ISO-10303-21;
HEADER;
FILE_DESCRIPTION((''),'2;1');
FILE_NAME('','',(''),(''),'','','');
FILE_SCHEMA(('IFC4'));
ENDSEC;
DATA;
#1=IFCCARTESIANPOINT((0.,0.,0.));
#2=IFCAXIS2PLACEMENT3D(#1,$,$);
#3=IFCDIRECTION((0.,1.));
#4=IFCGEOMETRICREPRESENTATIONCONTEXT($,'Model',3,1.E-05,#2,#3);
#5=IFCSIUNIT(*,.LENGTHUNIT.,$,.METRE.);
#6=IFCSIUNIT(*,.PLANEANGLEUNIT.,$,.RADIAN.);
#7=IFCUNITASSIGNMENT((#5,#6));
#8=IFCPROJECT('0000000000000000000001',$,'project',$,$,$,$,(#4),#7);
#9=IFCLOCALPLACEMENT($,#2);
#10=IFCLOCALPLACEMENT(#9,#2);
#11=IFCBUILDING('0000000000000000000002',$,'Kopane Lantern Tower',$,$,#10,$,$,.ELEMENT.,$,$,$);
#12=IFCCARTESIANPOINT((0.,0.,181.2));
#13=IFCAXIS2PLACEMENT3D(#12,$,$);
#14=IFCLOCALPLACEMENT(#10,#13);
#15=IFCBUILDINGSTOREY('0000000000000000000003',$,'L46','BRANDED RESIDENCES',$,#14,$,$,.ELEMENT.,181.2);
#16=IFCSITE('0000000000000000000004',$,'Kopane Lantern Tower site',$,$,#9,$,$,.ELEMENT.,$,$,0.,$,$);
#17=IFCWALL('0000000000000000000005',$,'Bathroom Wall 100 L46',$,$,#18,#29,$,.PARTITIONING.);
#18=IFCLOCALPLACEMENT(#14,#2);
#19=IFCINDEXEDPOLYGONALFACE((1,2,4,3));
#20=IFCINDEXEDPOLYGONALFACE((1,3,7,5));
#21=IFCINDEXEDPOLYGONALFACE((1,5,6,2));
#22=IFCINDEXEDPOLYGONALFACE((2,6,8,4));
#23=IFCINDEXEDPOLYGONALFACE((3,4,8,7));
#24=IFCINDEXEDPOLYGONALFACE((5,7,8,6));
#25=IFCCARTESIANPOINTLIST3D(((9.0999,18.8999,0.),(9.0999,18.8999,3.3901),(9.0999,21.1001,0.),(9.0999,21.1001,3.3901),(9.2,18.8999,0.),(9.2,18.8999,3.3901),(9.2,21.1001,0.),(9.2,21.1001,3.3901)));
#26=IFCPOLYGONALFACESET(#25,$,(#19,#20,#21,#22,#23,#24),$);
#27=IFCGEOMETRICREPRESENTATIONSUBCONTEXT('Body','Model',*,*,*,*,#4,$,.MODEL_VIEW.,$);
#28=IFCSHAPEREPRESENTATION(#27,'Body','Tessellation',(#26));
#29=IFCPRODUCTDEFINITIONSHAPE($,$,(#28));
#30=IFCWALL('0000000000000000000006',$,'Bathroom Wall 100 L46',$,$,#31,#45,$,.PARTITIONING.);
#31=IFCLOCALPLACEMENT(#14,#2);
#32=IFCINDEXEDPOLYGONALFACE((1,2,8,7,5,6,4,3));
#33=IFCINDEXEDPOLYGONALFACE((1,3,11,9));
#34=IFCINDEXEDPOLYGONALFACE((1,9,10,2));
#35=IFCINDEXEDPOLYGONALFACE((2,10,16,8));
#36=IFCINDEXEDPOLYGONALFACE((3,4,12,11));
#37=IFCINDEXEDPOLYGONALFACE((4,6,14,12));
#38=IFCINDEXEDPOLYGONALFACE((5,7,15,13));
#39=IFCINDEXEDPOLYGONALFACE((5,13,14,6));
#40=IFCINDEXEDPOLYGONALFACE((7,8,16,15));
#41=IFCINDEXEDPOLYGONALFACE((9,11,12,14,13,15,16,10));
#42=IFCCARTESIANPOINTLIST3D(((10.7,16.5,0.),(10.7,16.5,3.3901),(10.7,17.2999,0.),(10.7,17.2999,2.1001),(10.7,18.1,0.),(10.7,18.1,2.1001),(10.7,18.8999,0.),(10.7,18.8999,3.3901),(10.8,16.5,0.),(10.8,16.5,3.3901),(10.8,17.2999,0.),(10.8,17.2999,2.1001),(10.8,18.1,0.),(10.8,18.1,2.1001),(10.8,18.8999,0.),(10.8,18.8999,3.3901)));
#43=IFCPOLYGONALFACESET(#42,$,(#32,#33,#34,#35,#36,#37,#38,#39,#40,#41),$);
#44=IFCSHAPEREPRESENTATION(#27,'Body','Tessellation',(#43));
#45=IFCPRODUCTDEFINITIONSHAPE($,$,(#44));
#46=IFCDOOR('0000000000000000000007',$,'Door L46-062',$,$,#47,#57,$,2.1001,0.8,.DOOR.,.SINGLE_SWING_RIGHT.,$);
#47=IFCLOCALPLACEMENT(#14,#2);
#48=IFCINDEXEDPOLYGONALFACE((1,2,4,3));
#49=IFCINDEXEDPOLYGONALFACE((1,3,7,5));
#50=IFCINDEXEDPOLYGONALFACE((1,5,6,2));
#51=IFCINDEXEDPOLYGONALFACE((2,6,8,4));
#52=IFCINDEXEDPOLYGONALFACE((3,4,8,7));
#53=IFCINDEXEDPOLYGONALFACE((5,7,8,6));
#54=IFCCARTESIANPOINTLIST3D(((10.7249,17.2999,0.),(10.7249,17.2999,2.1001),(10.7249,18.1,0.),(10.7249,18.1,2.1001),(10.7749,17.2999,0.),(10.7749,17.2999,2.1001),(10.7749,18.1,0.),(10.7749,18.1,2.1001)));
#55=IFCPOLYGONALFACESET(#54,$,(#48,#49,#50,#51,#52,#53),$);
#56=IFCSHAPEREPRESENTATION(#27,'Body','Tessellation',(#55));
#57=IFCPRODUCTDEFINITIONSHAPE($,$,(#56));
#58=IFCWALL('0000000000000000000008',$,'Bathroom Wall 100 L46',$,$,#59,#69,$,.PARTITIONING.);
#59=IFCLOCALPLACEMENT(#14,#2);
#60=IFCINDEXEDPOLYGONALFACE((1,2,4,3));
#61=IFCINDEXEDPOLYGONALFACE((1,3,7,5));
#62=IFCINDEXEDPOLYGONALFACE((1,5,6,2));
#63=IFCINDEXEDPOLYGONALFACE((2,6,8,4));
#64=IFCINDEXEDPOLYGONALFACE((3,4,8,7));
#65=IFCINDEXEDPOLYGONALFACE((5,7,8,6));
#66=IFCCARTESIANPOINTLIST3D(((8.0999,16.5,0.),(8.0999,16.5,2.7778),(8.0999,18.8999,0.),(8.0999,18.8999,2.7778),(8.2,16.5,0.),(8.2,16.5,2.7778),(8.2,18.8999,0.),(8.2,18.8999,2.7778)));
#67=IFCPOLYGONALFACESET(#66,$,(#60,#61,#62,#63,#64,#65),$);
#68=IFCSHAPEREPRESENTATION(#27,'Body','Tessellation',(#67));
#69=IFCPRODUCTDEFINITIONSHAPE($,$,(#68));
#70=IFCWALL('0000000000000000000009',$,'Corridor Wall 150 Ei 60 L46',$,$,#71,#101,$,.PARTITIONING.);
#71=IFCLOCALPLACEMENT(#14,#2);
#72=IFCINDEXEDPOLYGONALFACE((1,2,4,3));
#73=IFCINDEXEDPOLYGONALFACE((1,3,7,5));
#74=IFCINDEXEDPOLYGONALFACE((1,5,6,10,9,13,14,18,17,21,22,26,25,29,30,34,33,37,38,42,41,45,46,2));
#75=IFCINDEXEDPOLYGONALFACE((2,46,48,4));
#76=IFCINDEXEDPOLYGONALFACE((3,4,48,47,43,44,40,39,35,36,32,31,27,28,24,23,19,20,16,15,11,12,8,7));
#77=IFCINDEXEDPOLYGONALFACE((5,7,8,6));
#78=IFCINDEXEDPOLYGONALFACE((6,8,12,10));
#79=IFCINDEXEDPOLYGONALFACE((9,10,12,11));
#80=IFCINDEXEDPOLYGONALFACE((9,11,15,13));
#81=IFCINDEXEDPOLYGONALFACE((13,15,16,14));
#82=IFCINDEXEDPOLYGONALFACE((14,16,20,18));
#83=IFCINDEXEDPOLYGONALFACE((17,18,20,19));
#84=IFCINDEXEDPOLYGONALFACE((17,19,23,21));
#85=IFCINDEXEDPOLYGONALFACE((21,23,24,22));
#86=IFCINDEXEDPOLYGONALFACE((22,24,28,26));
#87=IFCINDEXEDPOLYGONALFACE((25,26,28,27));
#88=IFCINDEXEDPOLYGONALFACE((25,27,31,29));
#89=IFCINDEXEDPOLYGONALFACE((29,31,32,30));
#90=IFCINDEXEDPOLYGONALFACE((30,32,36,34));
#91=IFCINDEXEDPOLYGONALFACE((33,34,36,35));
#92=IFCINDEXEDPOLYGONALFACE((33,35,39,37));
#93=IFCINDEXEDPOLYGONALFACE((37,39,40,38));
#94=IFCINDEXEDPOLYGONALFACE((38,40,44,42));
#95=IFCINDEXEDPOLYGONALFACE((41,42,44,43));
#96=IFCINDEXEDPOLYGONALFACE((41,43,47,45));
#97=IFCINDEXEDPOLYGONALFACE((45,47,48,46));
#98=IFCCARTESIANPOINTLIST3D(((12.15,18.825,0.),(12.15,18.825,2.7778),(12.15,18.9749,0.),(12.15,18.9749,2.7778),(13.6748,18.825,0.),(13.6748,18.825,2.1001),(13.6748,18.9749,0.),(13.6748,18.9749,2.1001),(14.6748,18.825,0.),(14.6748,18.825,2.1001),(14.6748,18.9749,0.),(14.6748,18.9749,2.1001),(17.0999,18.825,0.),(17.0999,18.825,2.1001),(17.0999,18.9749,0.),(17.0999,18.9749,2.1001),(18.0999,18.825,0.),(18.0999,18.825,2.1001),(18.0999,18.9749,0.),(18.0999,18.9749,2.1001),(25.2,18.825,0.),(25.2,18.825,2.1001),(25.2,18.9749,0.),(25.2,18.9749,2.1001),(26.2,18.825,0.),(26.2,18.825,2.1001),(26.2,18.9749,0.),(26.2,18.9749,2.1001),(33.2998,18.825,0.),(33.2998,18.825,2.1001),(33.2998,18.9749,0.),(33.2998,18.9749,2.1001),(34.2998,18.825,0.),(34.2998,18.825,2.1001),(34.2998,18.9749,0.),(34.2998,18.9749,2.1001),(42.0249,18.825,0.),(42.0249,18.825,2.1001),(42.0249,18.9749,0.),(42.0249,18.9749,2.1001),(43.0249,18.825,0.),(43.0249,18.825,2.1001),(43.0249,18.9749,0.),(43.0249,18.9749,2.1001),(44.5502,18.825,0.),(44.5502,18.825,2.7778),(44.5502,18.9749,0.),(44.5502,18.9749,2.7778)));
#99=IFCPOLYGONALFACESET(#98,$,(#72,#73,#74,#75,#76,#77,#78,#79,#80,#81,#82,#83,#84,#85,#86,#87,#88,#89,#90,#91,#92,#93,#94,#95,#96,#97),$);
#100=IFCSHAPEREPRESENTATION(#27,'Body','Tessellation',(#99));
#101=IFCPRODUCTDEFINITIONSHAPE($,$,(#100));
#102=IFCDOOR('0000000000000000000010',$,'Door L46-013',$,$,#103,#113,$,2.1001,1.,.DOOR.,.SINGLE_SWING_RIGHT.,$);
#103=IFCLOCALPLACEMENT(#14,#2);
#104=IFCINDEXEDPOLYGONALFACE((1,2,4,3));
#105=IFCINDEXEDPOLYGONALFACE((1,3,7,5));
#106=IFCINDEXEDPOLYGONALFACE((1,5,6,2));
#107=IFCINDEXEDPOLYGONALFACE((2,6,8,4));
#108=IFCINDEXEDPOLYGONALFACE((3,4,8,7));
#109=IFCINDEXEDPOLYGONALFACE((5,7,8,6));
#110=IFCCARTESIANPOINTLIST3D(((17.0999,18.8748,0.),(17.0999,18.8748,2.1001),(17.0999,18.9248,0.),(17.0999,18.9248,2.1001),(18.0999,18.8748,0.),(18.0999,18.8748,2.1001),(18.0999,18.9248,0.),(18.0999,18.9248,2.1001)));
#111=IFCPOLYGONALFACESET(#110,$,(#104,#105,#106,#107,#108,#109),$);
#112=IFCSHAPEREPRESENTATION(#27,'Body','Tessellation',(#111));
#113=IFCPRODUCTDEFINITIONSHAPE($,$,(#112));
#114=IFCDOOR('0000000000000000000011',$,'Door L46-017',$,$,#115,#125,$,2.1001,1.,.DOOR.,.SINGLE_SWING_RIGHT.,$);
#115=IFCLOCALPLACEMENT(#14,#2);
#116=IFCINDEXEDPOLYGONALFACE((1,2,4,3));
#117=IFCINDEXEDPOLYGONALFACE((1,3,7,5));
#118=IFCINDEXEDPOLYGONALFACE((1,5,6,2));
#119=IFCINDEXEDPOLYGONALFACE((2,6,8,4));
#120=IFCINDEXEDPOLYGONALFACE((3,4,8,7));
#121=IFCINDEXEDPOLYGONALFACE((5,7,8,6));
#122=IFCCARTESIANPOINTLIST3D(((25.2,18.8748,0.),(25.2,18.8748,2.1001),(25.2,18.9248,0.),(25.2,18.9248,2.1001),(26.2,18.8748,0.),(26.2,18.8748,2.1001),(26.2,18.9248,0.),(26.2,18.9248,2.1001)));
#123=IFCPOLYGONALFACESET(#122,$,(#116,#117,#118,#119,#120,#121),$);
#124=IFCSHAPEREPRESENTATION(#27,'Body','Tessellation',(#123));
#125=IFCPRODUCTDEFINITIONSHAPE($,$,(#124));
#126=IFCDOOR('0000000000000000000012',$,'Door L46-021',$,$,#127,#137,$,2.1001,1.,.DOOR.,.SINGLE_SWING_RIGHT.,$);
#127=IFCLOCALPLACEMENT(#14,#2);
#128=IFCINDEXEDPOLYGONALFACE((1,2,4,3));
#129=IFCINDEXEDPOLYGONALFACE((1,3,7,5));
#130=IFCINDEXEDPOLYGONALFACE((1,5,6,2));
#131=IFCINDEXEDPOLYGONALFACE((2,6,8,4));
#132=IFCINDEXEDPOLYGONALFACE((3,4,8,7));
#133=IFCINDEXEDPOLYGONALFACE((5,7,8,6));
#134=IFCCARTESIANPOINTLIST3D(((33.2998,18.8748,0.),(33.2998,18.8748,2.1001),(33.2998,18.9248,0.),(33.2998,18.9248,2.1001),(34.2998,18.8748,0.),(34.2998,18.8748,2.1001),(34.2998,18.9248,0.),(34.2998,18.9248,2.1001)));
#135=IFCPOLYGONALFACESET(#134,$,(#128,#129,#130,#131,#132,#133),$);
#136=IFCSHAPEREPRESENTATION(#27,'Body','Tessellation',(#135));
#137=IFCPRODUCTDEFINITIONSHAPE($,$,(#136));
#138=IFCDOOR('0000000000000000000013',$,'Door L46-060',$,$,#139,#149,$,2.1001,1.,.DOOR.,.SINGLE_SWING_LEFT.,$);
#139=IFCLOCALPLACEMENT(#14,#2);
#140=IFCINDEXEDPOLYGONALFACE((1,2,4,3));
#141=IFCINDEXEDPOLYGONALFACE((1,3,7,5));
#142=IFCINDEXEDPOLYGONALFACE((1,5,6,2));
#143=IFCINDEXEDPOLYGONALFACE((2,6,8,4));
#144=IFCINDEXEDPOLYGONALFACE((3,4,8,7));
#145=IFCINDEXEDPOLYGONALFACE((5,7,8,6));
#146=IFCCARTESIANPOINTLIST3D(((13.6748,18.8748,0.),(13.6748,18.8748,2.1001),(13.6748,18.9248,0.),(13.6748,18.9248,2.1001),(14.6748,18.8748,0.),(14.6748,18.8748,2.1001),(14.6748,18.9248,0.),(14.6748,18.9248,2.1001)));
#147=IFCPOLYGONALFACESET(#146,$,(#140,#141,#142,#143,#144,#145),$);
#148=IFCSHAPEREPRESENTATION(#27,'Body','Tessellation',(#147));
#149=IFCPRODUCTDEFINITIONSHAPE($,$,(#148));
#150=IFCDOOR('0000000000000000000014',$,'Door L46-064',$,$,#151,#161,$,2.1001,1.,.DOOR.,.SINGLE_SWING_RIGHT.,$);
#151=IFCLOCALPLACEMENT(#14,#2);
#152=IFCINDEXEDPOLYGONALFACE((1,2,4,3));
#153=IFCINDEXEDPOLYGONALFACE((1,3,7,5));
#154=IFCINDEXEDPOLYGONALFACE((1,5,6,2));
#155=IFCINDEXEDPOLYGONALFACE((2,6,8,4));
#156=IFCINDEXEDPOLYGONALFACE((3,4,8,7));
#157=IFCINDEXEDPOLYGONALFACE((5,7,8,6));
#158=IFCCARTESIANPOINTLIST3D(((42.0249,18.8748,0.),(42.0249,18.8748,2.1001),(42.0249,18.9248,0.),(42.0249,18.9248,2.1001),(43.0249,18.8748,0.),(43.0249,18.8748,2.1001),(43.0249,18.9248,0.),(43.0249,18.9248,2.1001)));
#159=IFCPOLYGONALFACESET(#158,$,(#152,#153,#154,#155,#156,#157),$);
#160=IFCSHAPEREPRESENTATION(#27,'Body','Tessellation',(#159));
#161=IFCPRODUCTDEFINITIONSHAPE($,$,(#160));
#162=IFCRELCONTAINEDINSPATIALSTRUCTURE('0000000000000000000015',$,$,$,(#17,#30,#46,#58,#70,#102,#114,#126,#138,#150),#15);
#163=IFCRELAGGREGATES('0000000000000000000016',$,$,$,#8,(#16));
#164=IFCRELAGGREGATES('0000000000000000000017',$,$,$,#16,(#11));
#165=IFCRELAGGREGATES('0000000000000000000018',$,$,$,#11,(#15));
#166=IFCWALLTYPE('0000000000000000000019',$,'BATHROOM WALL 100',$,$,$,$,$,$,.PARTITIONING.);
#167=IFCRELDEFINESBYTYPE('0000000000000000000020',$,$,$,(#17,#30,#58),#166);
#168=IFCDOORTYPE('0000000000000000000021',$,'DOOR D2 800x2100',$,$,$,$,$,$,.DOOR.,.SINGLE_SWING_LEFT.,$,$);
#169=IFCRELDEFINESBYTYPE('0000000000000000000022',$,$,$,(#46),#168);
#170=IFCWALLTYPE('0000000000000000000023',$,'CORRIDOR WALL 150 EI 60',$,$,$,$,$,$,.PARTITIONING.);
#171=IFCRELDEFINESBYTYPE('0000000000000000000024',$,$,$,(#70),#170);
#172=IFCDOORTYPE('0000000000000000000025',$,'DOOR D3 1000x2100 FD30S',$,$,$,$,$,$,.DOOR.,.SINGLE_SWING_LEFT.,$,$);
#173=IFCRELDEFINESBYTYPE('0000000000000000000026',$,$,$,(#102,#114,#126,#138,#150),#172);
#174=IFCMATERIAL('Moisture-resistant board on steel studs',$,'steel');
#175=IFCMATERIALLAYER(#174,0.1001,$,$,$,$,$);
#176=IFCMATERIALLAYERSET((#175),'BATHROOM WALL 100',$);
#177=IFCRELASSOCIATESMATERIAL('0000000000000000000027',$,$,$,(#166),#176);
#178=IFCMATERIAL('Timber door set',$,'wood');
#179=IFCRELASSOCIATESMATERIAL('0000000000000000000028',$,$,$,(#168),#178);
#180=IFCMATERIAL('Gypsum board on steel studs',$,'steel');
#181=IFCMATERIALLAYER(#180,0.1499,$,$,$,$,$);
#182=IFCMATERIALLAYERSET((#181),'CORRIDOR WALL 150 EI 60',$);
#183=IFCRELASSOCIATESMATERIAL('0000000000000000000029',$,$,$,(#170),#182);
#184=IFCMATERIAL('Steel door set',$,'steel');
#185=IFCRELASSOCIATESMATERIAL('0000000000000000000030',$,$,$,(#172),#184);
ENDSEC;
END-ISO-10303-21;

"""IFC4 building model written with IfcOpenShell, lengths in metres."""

from ifc_helpers import new_model, si_unit, direction, frame, frame_2d, origin, place, context, subcontext, project, spatial, rectangle, extrude, material, layer, layer_set, type_object, element, fill, save


model = new_model("IFC4")

# Units and contexts
model_context = context("Model", 3, precision=1e-05, world=origin(), true_north=direction((0.0, 1.0)))
body_context = subcontext(model_context, "Body", "Model", "MODEL_VIEW")
ifc_project = project(units=[si_unit("LENGTHUNIT", "METRE"), si_unit("PLANEANGLEUNIT", "RADIAN")], contexts=[model_context])

# Site, building, storey
site_placement = place(None, origin())
site = spatial("IfcSite", under=ifc_project, at=site_placement, Name="Kopane Lantern Tower site", CompositionType="ELEMENT", RefElevation=0.0)
building_placement = place(site_placement, origin())
building = spatial("IfcBuilding", under=site, at=building_placement, Name="Kopane Lantern Tower", CompositionType="ELEMENT")
storey_placement = place(building_placement, frame((0.0, 0.0, 181.2)))
storey = spatial("IfcBuildingStorey", under=building, at=storey_placement, Name="L46", Description="BRANDED RESIDENCES", CompositionType="ELEMENT", Elevation=181.2)

# Wall
ifc_material_1 = material(Name="Moisture-resistant board on steel studs", Category="steel")
ifc_layer_1 = layer(ifc_material_1, 0.1001)
ifc_layer_set_1 = layer_set([ifc_layer_1], Name="BATHROOM WALL 100")
wall_type_1 = type_object("IfcWallType", Name="BATHROOM WALL 100", PredefinedType="PARTITIONING", material=ifc_layer_set_1)
wall_1_placement = place(storey_placement, frame((9.1499, 18.8999, 0.0), z_axis=(0.0, 0.0, 1.0), x_axis=(0.0, 1.0, 0.0)))
element("IfcWall", 1, at=wall_1_placement, inside=storey, type_object=wall_type_1, Name="Bathroom Wall 100 L46", PredefinedType="PARTITIONING", context=body_context, shape_type="SweptSolid", body=[
    extrude(rectangle(XDim=2.2002, YDim=0.1001, at=frame_2d((1.1001, 0.0))), origin(), (0.0, 0.0, 1.0), 3.3901),
])

# Wall, opening, door
wall_2_placement = place(storey_placement, frame((10.75, 18.8999, 0.0), z_axis=(0.0, 0.0, 1.0), x_axis=(0.0, -1.0, 0.0)))
wall_2 = element("IfcWall", 2, at=wall_2_placement, inside=storey, type_object=wall_type_1, Name="Bathroom Wall 100 L46", PredefinedType="PARTITIONING", context=body_context, shape_type="SweptSolid", body=[
    extrude(rectangle(XDim=2.3999, YDim=0.1001, at=frame_2d((1.2, 0.0))), origin(), (0.0, 0.0, 1.0), 3.3901),
])
opening_1_placement = place(wall_2_placement, frame((0.8, 0.0, 0.0)))
opening_1 = element("IfcOpeningElement", 3, at=opening_1_placement, cuts=wall_2, PredefinedType="OPENING", context=body_context, shape_type="SweptSolid", body=[
    extrude(rectangle(XDim=0.8, YDim=2.1001, at=frame_2d((0.3999, 1.05))), frame((0.0, 0.0601, 0.0), z_axis=(0.0, -1.0, 0.0), x_axis=(1.0, 0.0, 0.0)), (0.0, 0.0, 1.0), 0.1201),
])
ifc_material_2 = material(Name="Timber door set", Category="wood")
door_type_1 = type_object("IfcDoorType", Name="DOOR D2 800x2100", OperationType="SINGLE_SWING_LEFT", PredefinedType="DOOR", material=ifc_material_2)
door_1_placement = place(opening_1_placement, origin())
door_1 = element("IfcDoor", 4, at=door_1_placement, inside=storey, type_object=door_type_1, Name="Door L46-062", OperationType="SINGLE_SWING_RIGHT", OverallHeight=2.1001, OverallWidth=0.8, PredefinedType="DOOR", context=body_context, shape_type="SweptSolid", body=[
    extrude(rectangle(XDim=0.8, YDim=2.1001, at=frame_2d((0.3999, 1.05))), frame((0.0, 0.0249, 0.0), z_axis=(0.0, -1.0, 0.0), x_axis=(1.0, 0.0, 0.0)), (0.0, 0.0, 1.0), 0.05),
])
fill(opening_1, door_1)

# Wall
wall_3_placement = place(storey_placement, frame((8.1499, 18.8999, 0.0), z_axis=(0.0, 0.0, 1.0), x_axis=(0.0, -1.0, 0.0)))
element("IfcWall", 5, at=wall_3_placement, inside=storey, type_object=wall_type_1, Name="Bathroom Wall 100 L46", PredefinedType="PARTITIONING", context=body_context, shape_type="SweptSolid", body=[
    extrude(rectangle(XDim=2.3999, YDim=0.1001, at=frame_2d((1.2, 0.0))), origin(), (0.0, 0.0, 1.0), 2.7778),
])

# Wall, openings, doors
ifc_material_3 = material(Name="Gypsum board on steel studs", Category="steel")
ifc_layer_2 = layer(ifc_material_3, 0.1499)
ifc_layer_set_2 = layer_set([ifc_layer_2], Name="CORRIDOR WALL 150 EI 60")
wall_type_2 = type_object("IfcWallType", Name="CORRIDOR WALL 150 EI 60", PredefinedType="PARTITIONING", material=ifc_layer_set_2)
wall_4_placement = place(storey_placement, frame((12.1499, 18.8999, 0.0), z_axis=(0.0, 0.0, 1.0), x_axis=(1.0, 0.0, 0.0)))
wall_4 = element("IfcWall", 6, at=wall_4_placement, inside=storey, type_object=wall_type_2, Name="Corridor Wall 150 Ei 60 L46", PredefinedType="PARTITIONING", context=body_context, shape_type="SweptSolid", body=[
    extrude(rectangle(XDim=32.4001, YDim=0.1499, at=frame_2d((16.2002, 0.0))), origin(), (0.0, 0.0, 1.0), 2.7778),
])
opening_2_placement = place(wall_4_placement, frame((4.95, 0.0, 0.0)))
opening_2 = element("IfcOpeningElement", 7, at=opening_2_placement, cuts=wall_4, PredefinedType="OPENING", context=body_context, shape_type="SweptSolid", body=[
    extrude(rectangle(XDim=1.0, YDim=2.1001, at=frame_2d((0.5, 1.05))), frame((0.0, 0.085, 0.0), z_axis=(0.0, -1.0, 0.0), x_axis=(1.0, 0.0, 0.0)), (0.0, 0.0, 1.0), 0.1699),
])
opening_3_placement = place(wall_4_placement, frame((13.05, 0.0, 0.0)))
opening_3 = element("IfcOpeningElement", 8, at=opening_3_placement, cuts=wall_4, PredefinedType="OPENING", context=body_context, shape_type="SweptSolid", body=[
    extrude(rectangle(XDim=1.0, YDim=2.1001, at=frame_2d((0.5, 1.05))), frame((0.0, 0.085, 0.0), z_axis=(0.0, -1.0, 0.0), x_axis=(1.0, 0.0, 0.0)), (0.0, 0.0, 1.0), 0.1699),
])
opening_4_placement = place(wall_4_placement, frame((21.1499, 0.0, 0.0)))
opening_4 = element("IfcOpeningElement", 9, at=opening_4_placement, cuts=wall_4, PredefinedType="OPENING", context=body_context, shape_type="SweptSolid", body=[
    extrude(rectangle(XDim=1.0, YDim=2.1001, at=frame_2d((0.5, 1.05))), frame((0.0, 0.085, 0.0), z_axis=(0.0, -1.0, 0.0), x_axis=(1.0, 0.0, 0.0)), (0.0, 0.0, 1.0), 0.1699),
])
opening_5_placement = place(wall_4_placement, frame((1.5249, 0.0, 0.0)))
opening_5 = element("IfcOpeningElement", 10, at=opening_5_placement, cuts=wall_4, PredefinedType="OPENING", context=body_context, shape_type="SweptSolid", body=[
    extrude(rectangle(XDim=1.0, YDim=2.1001, at=frame_2d((0.5, 1.05))), frame((0.0, 0.085, 0.0), z_axis=(0.0, -1.0, 0.0), x_axis=(1.0, 0.0, 0.0)), (0.0, 0.0, 1.0), 0.1699),
])
opening_6_placement = place(wall_4_placement, frame((29.875, 0.0, 0.0)))
opening_6 = element("IfcOpeningElement", 11, at=opening_6_placement, cuts=wall_4, PredefinedType="OPENING", context=body_context, shape_type="SweptSolid", body=[
    extrude(rectangle(XDim=1.0, YDim=2.1001, at=frame_2d((0.5, 1.05))), frame((0.0, 0.085, 0.0), z_axis=(0.0, -1.0, 0.0), x_axis=(1.0, 0.0, 0.0)), (0.0, 0.0, 1.0), 0.1699),
])
ifc_material_4 = material(Name="Steel door set", Category="steel")
door_type_2 = type_object("IfcDoorType", Name="DOOR D3 1000x2100 FD30S", OperationType="SINGLE_SWING_LEFT", PredefinedType="DOOR", material=ifc_material_4)
door_2_placement = place(opening_2_placement, origin())
door_2 = element("IfcDoor", 12, at=door_2_placement, inside=storey, type_object=door_type_2, Name="Door L46-013", OperationType="SINGLE_SWING_RIGHT", OverallHeight=2.1001, OverallWidth=1.0, PredefinedType="DOOR", context=body_context, shape_type="SweptSolid", body=[
    extrude(rectangle(XDim=1.0, YDim=2.1001, at=frame_2d((0.5, 1.05))), frame((0.0, 0.0249, 0.0), z_axis=(0.0, -1.0, 0.0), x_axis=(1.0, 0.0, 0.0)), (0.0, 0.0, 1.0), 0.05),
])
fill(opening_2, door_2)
door_3_placement = place(opening_3_placement, origin())
door_3 = element("IfcDoor", 13, at=door_3_placement, inside=storey, type_object=door_type_2, Name="Door L46-017", OperationType="SINGLE_SWING_RIGHT", OverallHeight=2.1001, OverallWidth=1.0, PredefinedType="DOOR", context=body_context, shape_type="SweptSolid", body=[
    extrude(rectangle(XDim=1.0, YDim=2.1001, at=frame_2d((0.5, 1.05))), frame((0.0, 0.0249, 0.0), z_axis=(0.0, -1.0, 0.0), x_axis=(1.0, 0.0, 0.0)), (0.0, 0.0, 1.0), 0.05),
])
fill(opening_3, door_3)
door_4_placement = place(opening_4_placement, origin())
door_4 = element("IfcDoor", 14, at=door_4_placement, inside=storey, type_object=door_type_2, Name="Door L46-021", OperationType="SINGLE_SWING_RIGHT", OverallHeight=2.1001, OverallWidth=1.0, PredefinedType="DOOR", context=body_context, shape_type="SweptSolid", body=[
    extrude(rectangle(XDim=1.0, YDim=2.1001, at=frame_2d((0.5, 1.05))), frame((0.0, 0.0249, 0.0), z_axis=(0.0, -1.0, 0.0), x_axis=(1.0, 0.0, 0.0)), (0.0, 0.0, 1.0), 0.05),
])
fill(opening_4, door_4)
door_5_placement = place(opening_5_placement, origin())
door_5 = element("IfcDoor", 15, at=door_5_placement, inside=storey, type_object=door_type_2, Name="Door L46-060", OperationType="SINGLE_SWING_LEFT", OverallHeight=2.1001, OverallWidth=1.0, PredefinedType="DOOR", context=body_context, shape_type="SweptSolid", body=[
    extrude(rectangle(XDim=1.0, YDim=2.1001, at=frame_2d((0.5, 1.05))), frame((0.0, 0.0249, 0.0), z_axis=(0.0, -1.0, 0.0), x_axis=(1.0, 0.0, 0.0)), (0.0, 0.0, 1.0), 0.05),
])
fill(opening_5, door_5)
door_6_placement = place(opening_6_placement, origin())
door_6 = element("IfcDoor", 16, at=door_6_placement, inside=storey, type_object=door_type_2, Name="Door L46-064", OperationType="SINGLE_SWING_RIGHT", OverallHeight=2.1001, OverallWidth=1.0, PredefinedType="DOOR", context=body_context, shape_type="SweptSolid", body=[
    extrude(rectangle(XDim=1.0, YDim=2.1001, at=frame_2d((0.5, 1.05))), frame((0.0, 0.0249, 0.0), z_axis=(0.0, -1.0, 0.0), x_axis=(1.0, 0.0, 0.0)), (0.0, 0.0, 1.0), 0.05),
])
fill(opening_6, door_6)

save(model, "model.ifc")
